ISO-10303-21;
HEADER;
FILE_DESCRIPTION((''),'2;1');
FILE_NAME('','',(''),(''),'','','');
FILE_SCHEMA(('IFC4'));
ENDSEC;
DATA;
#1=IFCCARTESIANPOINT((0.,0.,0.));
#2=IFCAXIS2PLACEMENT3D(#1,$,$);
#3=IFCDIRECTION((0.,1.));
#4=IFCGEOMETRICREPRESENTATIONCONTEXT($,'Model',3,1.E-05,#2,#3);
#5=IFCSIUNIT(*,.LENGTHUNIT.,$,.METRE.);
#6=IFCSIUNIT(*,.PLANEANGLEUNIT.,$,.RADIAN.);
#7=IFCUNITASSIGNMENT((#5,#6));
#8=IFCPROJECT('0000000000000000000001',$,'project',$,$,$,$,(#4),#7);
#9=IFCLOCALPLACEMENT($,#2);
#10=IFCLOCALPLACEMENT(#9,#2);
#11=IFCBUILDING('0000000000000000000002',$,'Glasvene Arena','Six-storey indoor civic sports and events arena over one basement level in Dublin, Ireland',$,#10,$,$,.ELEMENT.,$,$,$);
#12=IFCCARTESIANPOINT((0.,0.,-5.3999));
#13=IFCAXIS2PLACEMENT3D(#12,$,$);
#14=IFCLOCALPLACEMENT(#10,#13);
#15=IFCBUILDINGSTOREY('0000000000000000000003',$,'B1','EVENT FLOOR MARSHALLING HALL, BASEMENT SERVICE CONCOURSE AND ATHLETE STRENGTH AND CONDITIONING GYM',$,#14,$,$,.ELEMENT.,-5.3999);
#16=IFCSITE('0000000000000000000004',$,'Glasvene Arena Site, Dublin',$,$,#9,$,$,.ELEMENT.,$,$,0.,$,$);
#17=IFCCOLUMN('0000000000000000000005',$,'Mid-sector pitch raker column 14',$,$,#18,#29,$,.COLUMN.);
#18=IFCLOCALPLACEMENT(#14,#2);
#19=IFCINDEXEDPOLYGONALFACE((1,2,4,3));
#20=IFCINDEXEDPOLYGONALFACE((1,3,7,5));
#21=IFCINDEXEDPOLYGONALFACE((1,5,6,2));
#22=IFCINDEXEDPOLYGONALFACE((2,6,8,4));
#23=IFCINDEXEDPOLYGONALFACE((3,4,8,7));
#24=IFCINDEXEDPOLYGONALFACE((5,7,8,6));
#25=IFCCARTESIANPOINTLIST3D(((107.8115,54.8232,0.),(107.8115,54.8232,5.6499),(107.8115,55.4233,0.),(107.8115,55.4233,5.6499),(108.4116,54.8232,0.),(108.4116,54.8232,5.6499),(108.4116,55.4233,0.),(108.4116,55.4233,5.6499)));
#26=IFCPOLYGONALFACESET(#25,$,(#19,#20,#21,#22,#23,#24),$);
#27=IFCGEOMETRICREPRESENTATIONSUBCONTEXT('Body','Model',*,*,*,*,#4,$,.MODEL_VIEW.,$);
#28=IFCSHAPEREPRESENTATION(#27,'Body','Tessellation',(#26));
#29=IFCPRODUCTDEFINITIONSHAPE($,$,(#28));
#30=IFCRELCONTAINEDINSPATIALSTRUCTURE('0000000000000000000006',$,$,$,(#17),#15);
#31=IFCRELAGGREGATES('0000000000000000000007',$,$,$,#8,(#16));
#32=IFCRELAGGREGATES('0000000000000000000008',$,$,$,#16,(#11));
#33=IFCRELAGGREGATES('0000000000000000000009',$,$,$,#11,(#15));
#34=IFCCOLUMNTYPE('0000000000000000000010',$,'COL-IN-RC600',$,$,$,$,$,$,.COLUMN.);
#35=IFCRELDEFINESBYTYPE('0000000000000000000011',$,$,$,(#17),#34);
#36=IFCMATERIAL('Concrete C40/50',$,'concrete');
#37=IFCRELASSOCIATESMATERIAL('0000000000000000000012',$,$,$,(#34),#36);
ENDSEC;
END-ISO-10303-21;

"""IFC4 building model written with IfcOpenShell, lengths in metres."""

from ifc_helpers import new_model, si_unit, direction, frame, origin, origin_2d, place, context, subcontext, project, spatial, rectangle, extrude, material, material_profile, profile_set, type_object, element, save


model = new_model("IFC4")

# Units and contexts
model_context = context("Model", 3, precision=1e-05, world=origin(), true_north=direction((0.0, 1.0)))
body_context = subcontext(model_context, "Body", "Model", "MODEL_VIEW")
ifc_project = project(units=[si_unit("LENGTHUNIT", "METRE"), si_unit("PLANEANGLEUNIT", "RADIAN")], contexts=[model_context])

# Site, building, storey
site_placement = place(None, origin())
site = spatial("IfcSite", under=ifc_project, at=site_placement, Name="Glasvene Arena Site, Dublin", CompositionType="ELEMENT", RefElevation=0.0)
building_placement = place(site_placement, origin())
building = spatial("IfcBuilding", under=site, at=building_placement, Name="Glasvene Arena", Description="Six-storey indoor civic sports and events arena over one basement level in Dublin, Ireland", CompositionType="ELEMENT")
storey_placement = place(building_placement, frame((0.0, 0.0, -5.3999)))
storey = spatial("IfcBuildingStorey", under=building, at=storey_placement, Name="B1", Description="EVENT FLOOR MARSHALLING HALL, BASEMENT SERVICE CONCOURSE AND ATHLETE STRENGTH AND CONDITIONING GYM", CompositionType="ELEMENT", Elevation=-5.3999)

# Shared definitions
ifc_material = material(Name="Concrete C40/50", Category="concrete")

# Column
ifc_material_profile_1 = material_profile(ifc_material, rectangle(XDim=0.6001, YDim=0.6001, at=origin_2d()), Name="RC 600x600")
ifc_profile_set_1 = profile_set([ifc_material_profile_1], Name="Concrete C40/50")
column_type = type_object("IfcColumnType", Name="COL-IN-RC600", PredefinedType="COLUMN", material=ifc_profile_set_1)
column_1_placement = place(storey_placement, frame((108.1116, 55.1233, 0.0), z_axis=(0.0, 0.0, 1.0), x_axis=(1.0, 0.0, 0.0)))
element("IfcColumn", 1, at=column_1_placement, inside=storey, type_object=column_type, Name="Mid-sector pitch raker column 14", PredefinedType="COLUMN", context=body_context, shape_type="SweptSolid", body=[
    extrude(rectangle(XDim=0.6001, YDim=0.6001, at=origin_2d()), origin(), (0.0, 0.0, 1.0), 5.6499),
])

save(model, "model.ifc")
